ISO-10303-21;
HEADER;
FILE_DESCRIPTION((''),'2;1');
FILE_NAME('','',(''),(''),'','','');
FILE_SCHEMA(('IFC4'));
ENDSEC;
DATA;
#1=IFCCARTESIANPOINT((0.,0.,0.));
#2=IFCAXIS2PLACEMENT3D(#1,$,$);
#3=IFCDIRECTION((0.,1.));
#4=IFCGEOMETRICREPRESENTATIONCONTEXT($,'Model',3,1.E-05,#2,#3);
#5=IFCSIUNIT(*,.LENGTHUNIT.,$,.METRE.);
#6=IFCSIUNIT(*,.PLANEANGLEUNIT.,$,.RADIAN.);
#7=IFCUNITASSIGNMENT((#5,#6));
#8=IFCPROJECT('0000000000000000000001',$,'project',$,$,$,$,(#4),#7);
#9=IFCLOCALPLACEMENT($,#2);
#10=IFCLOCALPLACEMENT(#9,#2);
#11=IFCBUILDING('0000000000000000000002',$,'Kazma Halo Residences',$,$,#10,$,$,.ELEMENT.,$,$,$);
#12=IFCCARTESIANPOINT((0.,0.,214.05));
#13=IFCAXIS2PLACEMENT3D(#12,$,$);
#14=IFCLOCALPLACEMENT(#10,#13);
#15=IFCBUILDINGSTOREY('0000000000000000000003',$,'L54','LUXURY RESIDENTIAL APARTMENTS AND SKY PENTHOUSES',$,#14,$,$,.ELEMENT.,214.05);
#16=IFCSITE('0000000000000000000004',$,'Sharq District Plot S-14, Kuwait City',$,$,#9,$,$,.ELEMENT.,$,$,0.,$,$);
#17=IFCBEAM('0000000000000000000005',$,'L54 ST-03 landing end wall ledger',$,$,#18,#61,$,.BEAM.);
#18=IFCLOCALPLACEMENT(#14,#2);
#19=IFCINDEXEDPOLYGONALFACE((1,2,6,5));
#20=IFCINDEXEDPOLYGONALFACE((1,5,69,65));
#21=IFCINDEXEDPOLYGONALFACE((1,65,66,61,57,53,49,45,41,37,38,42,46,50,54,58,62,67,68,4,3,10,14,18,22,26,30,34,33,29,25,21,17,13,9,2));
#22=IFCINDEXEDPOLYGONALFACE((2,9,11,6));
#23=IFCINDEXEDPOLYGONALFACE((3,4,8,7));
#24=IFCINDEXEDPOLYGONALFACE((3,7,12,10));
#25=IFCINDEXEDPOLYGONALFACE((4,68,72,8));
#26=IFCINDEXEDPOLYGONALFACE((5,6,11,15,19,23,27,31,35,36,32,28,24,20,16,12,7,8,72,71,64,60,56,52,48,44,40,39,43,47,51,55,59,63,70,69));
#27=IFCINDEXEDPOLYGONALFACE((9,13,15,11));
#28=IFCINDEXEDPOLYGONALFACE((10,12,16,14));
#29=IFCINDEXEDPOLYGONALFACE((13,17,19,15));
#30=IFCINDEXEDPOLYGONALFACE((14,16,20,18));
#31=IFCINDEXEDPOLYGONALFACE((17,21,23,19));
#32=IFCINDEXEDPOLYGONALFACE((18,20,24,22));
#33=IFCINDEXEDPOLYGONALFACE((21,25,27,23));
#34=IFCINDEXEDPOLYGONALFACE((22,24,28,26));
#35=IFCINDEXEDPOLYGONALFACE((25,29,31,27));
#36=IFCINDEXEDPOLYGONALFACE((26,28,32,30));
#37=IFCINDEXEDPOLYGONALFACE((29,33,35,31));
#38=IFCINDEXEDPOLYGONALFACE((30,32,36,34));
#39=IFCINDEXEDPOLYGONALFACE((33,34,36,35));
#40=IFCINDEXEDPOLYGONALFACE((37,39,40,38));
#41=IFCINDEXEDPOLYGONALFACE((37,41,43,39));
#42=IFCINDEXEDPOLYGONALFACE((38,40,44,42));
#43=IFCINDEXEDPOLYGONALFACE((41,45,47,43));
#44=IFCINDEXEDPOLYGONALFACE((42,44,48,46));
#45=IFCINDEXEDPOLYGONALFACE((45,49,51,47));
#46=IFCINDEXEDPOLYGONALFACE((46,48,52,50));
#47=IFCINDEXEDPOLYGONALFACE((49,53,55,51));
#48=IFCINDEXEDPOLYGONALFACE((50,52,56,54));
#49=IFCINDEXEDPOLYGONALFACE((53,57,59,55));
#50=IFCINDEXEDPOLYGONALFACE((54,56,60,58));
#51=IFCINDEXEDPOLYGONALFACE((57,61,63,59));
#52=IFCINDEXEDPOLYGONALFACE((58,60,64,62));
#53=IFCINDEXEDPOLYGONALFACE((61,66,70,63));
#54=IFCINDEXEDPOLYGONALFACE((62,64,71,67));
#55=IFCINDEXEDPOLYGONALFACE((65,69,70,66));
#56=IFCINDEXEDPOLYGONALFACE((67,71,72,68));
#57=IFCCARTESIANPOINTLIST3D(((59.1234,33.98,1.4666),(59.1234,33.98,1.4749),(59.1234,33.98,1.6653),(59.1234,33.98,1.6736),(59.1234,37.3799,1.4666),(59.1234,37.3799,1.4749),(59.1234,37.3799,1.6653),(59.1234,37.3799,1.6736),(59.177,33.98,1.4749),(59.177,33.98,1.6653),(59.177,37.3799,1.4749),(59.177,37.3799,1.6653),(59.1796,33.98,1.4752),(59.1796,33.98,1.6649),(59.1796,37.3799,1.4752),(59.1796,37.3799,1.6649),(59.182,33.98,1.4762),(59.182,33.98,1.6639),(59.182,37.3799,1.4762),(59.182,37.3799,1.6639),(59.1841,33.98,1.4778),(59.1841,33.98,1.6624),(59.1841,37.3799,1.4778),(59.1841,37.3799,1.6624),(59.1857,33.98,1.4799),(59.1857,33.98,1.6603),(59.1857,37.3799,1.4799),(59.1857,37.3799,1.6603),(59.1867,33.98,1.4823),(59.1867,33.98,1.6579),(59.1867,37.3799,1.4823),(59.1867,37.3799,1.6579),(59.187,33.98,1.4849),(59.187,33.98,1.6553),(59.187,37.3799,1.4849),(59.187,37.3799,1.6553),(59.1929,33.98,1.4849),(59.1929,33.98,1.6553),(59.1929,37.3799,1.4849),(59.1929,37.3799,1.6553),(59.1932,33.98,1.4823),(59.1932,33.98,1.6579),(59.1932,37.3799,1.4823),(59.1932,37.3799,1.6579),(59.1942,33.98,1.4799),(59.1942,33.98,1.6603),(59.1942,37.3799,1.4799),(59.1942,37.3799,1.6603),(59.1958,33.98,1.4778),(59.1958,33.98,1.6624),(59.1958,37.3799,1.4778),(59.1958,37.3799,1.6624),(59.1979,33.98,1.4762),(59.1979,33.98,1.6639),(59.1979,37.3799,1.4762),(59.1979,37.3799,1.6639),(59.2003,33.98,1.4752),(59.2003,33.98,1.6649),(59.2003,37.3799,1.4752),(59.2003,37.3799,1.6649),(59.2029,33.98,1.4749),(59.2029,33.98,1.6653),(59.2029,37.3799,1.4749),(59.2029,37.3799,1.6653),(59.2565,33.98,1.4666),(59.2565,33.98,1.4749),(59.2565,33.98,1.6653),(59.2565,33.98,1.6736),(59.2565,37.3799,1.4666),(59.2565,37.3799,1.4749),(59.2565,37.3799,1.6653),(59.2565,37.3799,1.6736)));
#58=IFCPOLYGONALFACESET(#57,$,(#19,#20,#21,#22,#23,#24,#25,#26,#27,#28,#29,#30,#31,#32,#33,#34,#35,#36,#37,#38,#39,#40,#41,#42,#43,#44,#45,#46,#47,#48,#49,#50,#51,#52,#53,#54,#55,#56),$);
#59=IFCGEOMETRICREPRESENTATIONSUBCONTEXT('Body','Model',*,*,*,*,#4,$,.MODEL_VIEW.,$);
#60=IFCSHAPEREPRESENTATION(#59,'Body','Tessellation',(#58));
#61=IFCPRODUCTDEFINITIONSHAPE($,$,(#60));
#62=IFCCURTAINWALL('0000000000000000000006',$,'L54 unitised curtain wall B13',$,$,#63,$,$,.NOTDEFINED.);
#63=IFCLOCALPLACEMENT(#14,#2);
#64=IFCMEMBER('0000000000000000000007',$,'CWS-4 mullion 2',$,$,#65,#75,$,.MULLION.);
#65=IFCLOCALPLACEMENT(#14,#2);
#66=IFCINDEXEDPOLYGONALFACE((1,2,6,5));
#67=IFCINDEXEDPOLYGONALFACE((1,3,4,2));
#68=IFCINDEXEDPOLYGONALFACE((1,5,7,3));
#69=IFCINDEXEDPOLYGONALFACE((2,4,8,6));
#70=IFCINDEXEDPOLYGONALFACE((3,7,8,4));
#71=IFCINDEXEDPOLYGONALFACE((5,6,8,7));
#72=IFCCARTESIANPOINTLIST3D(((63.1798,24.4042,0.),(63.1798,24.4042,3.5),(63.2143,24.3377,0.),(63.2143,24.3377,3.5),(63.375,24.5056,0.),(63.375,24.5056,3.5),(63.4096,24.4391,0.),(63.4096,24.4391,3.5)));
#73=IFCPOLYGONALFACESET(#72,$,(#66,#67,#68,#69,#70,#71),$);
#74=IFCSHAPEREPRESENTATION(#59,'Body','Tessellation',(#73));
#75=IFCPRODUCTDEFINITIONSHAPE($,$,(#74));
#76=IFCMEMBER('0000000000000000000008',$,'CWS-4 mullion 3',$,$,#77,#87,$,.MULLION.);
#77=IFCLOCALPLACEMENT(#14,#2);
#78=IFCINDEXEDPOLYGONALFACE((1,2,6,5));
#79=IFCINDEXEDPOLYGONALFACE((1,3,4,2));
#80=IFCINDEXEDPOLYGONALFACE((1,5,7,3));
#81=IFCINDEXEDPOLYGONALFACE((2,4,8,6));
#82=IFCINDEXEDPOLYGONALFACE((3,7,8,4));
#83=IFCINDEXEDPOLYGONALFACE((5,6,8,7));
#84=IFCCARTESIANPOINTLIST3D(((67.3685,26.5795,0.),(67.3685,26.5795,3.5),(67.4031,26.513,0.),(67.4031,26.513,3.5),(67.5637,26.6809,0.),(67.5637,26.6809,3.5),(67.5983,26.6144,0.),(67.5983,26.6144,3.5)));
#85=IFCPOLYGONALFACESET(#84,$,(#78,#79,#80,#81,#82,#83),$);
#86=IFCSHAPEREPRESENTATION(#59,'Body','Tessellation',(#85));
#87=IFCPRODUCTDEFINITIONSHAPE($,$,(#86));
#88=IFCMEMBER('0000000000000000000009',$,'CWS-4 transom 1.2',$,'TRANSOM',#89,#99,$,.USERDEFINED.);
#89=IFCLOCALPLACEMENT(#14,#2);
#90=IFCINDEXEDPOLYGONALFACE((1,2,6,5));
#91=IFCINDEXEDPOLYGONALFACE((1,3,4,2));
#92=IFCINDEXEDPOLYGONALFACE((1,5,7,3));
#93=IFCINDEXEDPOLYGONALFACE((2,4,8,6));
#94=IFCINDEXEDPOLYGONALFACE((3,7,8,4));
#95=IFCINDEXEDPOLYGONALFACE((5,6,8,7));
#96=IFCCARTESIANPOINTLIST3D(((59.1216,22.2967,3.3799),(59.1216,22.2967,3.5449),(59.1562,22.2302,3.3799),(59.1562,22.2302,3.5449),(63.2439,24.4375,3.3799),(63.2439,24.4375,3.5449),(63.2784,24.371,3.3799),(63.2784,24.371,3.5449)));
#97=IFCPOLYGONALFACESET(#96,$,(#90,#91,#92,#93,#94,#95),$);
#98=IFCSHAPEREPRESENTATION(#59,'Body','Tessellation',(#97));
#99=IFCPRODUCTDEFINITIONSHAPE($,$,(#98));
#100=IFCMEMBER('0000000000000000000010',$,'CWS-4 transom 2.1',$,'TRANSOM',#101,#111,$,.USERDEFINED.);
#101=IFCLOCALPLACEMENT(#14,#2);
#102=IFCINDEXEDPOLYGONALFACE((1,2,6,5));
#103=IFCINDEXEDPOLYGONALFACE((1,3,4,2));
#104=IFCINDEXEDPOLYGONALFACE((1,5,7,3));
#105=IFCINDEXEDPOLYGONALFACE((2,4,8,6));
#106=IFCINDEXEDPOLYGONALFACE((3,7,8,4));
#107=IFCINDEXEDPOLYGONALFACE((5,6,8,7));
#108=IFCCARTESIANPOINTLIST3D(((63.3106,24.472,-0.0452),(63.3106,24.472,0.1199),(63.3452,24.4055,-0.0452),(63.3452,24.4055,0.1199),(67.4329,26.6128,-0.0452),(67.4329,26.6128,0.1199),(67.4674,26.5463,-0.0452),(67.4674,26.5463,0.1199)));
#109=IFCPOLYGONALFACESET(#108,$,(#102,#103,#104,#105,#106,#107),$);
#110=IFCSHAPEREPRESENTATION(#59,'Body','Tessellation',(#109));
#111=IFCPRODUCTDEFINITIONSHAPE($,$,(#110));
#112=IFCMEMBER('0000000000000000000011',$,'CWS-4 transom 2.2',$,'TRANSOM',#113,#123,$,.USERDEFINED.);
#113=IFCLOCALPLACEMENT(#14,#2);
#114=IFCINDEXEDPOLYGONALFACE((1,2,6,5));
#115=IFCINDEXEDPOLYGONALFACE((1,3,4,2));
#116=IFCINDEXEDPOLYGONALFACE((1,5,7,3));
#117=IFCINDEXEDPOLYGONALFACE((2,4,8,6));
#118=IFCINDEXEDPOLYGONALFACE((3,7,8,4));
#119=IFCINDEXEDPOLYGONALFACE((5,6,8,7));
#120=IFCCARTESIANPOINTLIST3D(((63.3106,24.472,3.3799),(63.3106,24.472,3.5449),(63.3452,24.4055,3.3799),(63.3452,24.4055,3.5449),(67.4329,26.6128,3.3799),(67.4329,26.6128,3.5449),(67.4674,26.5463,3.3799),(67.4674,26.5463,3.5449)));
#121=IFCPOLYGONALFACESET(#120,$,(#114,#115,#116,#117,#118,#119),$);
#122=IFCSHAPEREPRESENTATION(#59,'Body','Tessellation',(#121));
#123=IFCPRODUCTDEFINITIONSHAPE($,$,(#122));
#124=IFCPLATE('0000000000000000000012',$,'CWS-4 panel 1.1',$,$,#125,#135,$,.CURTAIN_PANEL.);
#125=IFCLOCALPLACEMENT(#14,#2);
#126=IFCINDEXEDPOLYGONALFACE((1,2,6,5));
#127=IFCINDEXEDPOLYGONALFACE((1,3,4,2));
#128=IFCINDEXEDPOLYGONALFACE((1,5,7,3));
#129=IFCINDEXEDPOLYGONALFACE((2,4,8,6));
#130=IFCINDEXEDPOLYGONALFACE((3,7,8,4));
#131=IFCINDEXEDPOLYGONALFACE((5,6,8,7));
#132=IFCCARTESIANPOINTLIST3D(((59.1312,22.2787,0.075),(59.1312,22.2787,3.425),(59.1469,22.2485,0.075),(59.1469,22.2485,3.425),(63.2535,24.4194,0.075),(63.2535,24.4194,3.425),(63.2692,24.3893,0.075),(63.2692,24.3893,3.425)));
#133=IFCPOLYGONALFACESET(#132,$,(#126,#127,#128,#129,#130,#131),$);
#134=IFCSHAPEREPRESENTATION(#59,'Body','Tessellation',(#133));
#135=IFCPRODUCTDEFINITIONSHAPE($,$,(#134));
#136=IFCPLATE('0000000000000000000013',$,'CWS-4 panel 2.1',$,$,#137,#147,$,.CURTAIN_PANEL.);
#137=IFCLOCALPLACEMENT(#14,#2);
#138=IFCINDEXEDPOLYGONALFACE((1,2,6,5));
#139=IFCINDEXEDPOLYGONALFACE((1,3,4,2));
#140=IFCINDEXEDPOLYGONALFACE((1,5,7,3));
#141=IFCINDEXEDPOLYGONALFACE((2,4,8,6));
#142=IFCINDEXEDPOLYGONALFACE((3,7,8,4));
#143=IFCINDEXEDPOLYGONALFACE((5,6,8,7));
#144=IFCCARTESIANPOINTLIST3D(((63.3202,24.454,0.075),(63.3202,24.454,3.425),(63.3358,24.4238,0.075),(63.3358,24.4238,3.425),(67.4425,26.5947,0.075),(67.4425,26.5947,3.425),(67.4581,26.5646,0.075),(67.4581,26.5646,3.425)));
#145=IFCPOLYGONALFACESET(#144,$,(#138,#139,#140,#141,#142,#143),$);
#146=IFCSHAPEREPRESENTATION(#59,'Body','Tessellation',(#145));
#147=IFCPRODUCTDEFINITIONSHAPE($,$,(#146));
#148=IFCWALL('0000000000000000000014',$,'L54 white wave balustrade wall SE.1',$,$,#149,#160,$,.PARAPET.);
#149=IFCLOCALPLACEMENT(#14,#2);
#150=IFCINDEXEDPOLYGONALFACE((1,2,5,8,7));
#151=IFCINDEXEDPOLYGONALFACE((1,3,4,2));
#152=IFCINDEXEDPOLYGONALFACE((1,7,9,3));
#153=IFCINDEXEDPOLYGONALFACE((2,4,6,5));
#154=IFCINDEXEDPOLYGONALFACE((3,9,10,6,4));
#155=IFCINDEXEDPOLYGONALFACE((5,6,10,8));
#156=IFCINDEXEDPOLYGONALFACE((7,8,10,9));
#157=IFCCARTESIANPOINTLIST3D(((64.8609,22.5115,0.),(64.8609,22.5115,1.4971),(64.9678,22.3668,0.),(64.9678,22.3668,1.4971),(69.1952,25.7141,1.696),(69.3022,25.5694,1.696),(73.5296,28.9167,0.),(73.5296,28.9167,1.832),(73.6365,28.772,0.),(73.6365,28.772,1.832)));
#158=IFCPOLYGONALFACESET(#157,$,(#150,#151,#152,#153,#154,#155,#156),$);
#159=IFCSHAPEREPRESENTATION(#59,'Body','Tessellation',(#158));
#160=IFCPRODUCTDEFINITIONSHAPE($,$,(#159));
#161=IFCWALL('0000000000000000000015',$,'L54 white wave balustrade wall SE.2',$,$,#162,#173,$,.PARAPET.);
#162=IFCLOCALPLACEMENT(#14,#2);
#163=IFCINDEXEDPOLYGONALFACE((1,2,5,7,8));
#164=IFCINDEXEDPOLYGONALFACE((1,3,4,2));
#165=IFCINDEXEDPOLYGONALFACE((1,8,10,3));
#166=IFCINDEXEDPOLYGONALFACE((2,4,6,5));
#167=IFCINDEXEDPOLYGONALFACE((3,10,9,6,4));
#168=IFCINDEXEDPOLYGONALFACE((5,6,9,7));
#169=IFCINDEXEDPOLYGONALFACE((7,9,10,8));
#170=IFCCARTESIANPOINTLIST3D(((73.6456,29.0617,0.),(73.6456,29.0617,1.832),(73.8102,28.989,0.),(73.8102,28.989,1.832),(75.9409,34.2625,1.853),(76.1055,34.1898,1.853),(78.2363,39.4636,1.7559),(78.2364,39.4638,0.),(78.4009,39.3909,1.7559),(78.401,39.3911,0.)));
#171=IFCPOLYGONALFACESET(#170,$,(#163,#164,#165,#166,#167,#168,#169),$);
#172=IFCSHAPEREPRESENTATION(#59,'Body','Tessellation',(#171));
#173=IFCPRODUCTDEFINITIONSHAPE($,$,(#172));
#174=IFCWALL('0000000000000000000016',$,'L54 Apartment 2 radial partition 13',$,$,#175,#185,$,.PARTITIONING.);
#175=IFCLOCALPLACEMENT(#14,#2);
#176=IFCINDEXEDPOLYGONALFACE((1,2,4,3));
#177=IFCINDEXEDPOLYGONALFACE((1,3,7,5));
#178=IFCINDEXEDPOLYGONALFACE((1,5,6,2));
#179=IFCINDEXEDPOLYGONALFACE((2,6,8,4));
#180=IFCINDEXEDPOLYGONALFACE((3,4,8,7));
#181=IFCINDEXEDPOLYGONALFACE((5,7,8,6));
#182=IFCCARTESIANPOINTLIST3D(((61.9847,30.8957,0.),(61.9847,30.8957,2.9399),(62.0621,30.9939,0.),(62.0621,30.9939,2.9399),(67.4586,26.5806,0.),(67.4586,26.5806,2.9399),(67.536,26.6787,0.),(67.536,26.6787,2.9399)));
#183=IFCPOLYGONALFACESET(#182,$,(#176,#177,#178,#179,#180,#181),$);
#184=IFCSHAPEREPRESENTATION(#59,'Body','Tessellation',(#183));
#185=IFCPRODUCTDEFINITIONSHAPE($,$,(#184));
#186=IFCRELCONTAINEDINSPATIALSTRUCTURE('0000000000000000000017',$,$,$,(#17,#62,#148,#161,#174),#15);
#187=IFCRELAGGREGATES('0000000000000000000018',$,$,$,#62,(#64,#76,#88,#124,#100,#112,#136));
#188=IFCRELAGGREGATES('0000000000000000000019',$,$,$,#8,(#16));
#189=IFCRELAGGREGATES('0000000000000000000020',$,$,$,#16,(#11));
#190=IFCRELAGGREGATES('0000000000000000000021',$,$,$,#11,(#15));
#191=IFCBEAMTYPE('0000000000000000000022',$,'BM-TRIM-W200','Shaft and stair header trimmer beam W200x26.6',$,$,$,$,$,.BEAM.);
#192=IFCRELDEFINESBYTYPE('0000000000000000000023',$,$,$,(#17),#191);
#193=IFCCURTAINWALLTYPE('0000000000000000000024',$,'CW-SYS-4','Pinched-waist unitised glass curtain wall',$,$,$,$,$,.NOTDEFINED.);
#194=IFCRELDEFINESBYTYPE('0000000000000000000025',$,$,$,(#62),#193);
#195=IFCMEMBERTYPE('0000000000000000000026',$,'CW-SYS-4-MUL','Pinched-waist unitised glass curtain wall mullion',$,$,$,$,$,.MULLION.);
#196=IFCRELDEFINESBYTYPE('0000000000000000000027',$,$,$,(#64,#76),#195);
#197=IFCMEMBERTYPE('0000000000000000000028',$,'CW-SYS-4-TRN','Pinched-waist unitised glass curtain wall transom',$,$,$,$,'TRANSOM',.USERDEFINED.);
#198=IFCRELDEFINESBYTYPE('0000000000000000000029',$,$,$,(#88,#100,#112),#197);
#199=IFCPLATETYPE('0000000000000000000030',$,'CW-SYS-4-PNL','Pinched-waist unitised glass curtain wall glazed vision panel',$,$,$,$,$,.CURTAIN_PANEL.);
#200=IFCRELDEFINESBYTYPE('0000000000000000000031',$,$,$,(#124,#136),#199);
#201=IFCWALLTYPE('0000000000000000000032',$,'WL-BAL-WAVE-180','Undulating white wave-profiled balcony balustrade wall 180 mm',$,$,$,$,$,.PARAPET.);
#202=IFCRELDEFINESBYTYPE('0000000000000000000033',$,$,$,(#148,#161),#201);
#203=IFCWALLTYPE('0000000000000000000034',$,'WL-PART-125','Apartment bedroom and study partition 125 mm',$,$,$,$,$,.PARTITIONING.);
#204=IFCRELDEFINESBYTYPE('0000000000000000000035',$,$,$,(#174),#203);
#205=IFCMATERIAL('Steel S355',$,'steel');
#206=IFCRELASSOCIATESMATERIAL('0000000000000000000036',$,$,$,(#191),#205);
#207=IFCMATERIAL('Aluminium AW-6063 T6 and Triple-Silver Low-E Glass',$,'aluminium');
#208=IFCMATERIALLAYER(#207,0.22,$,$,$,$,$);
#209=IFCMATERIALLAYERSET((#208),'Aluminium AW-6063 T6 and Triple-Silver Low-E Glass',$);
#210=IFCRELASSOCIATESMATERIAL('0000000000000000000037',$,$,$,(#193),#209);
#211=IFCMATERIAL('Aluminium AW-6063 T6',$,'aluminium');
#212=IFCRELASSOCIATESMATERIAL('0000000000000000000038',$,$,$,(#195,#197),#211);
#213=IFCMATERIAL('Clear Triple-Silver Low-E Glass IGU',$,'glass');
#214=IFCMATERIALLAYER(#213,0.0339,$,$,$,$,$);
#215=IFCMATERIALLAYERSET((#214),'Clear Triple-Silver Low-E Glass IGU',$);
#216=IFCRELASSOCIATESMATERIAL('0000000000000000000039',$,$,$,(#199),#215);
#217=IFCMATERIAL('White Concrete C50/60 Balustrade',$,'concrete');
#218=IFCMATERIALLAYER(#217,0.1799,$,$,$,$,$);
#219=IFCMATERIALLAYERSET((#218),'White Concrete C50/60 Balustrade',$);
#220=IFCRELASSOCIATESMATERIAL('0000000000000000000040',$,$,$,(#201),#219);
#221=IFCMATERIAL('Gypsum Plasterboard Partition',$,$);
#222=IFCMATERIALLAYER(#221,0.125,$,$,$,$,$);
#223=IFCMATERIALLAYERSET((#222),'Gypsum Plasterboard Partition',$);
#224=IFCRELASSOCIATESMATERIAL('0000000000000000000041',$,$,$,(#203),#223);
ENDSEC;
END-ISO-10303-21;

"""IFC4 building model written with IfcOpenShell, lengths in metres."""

from ifc_helpers import new_model, si_unit, direction, frame, frame_2d, origin, origin_2d, place, context, subcontext, project, spatial, polyline, rectangle, i_section, outline, extrude, material, layer, layer_set, material_profile, profile_set, type_object, element, aggregate, save


model = new_model("IFC4")

# Units and contexts
model_context = context("Model", 3, precision=1e-05, world=origin(), true_north=direction((0.0, 1.0)))
body_context = subcontext(model_context, "Body", "Model", "MODEL_VIEW")
ifc_project = project(units=[si_unit("LENGTHUNIT", "METRE"), si_unit("PLANEANGLEUNIT", "RADIAN")], contexts=[model_context])

# Site, building, storey
site_placement = place(None, origin())
site = spatial("IfcSite", under=ifc_project, at=site_placement, Name="Sharq District Plot S-14, Kuwait City", CompositionType="ELEMENT", RefElevation=0.0)
building_placement = place(site_placement, origin())
building = spatial("IfcBuilding", under=site, at=building_placement, Name="Kazma Halo Residences", CompositionType="ELEMENT")
storey_placement = place(building_placement, frame((0.0, 0.0, 214.05)))
storey = spatial("IfcBuildingStorey", under=building, at=storey_placement, Name="L54", Description="LUXURY RESIDENTIAL APARTMENTS AND SKY PENTHOUSES", CompositionType="ELEMENT", Elevation=214.05)

# Beam
ifc_material_1 = material(Name="Steel S355", Category="steel")
ifc_material_profile_1 = material_profile(ifc_material_1, i_section(OverallWidth=0.1331, OverallDepth=0.207, WebThickness=0.0059, FlangeThickness=0.0083, FilletRadius=0.01, at=origin_2d()), Name="W200x26.6")
ifc_profile_set_1 = profile_set([ifc_material_profile_1], Name="Steel S355")
beam_type_1 = type_object("IfcBeamType", Name="BM-TRIM-W200", Description="Shaft and stair header trimmer beam W200x26.6", PredefinedType="BEAM", material=ifc_profile_set_1)
beam_1_placement = place(storey_placement, frame((59.1899, 33.98, 1.5701), z_axis=(0.0, 1.0, 0.0), x_axis=(-1.0, 0.0, 0.0)))
element("IfcBeam", 1, at=beam_1_placement, inside=storey, type_object=beam_type_1, Name="L54 ST-03 landing end wall ledger", PredefinedType="BEAM", context=body_context, shape_type="SweptSolid", body=[
    extrude(i_section(OverallWidth=0.1331, OverallDepth=0.207, WebThickness=0.0059, FlangeThickness=0.0083, FilletRadius=0.01, at=origin_2d()), origin(), (0.0, 0.0, 1.0), 3.3999),
])

# Curtain wall, members, plates
ifc_material_2 = material(Name="Aluminium AW-6063 T6 and Triple-Silver Low-E Glass", Category="aluminium")
ifc_layer_1 = layer(ifc_material_2, 0.22)
ifc_layer_set_1 = layer_set([ifc_layer_1], Name="Aluminium AW-6063 T6 and Triple-Silver Low-E Glass")
curtain_wall_type = type_object("IfcCurtainWallType", Name="CW-SYS-4", Description="Pinched-waist unitised glass curtain wall", PredefinedType="NOTDEFINED", material=ifc_layer_set_1)
curtain_wall_placement = place(storey_placement, origin())
curtain_wall = element("IfcCurtainWall", 2, at=curtain_wall_placement, inside=storey, type_object=curtain_wall_type, Name="L54 unitised curtain wall B13", PredefinedType="NOTDEFINED")
ifc_material_3 = material(Name="Aluminium AW-6063 T6", Category="aluminium")
ifc_material_profile_2 = material_profile(ifc_material_3, rectangle(XDim=0.075, YDim=0.22, at=origin_2d()), Name="CWM-75x220")
ifc_profile_set_2 = profile_set([ifc_material_profile_2], Name="Aluminium AW-6063 T6")
member_type_1 = type_object("IfcMemberType", Name="CW-SYS-4-MUL", Description="Pinched-waist unitised glass curtain wall mullion", PredefinedType="MULLION", material=ifc_profile_set_2)
member_1_placement = place(storey_placement, frame((63.2947, 24.4216, 0.0), z_axis=(0.0, 0.0, 1.0), x_axis=(-0.460874, 0.887466, 0.0)))
member_1 = element("IfcMember", 3, at=member_1_placement, type_object=member_type_1, Name="CWS-4 mullion 2", PredefinedType="MULLION", context=body_context, shape_type="SweptSolid", body=[
    extrude(rectangle(XDim=0.075, YDim=0.22, at=origin_2d()), origin(), (0.0, 0.0, 1.0), 3.5),
])
member_2_placement = place(storey_placement, frame((67.4834, 26.5969, 0.0), z_axis=(0.0, 0.0, 1.0), x_axis=(-0.460874, 0.887466, 0.0)))
member_2 = element("IfcMember", 4, at=member_2_placement, type_object=member_type_1, Name="CWS-4 mullion 3", PredefinedType="MULLION", context=body_context, shape_type="SweptSolid", body=[
    extrude(rectangle(XDim=0.075, YDim=0.22, at=origin_2d()), origin(), (0.0, 0.0, 1.0), 3.5),
])
ifc_material_profile_3 = material_profile(ifc_material_3, rectangle(XDim=0.075, YDim=0.165, at=origin_2d()), Name="CWT-75x165")
ifc_profile_set_3 = profile_set([ifc_material_profile_3], Name="Aluminium AW-6063 T6")
member_type_2 = type_object("IfcMemberType", Name="CW-SYS-4-TRN", Description="Pinched-waist unitised glass curtain wall transom", ElementType="TRANSOM", PredefinedType="USERDEFINED", material=ifc_profile_set_3)
member_3_placement = place(storey_placement, frame((59.1389, 22.2634, 3.4624), z_axis=(0.887458, 0.460889, 0.0), x_axis=(-0.460889, 0.887458, 0.0)))
member_3 = element("IfcMember", 5, at=member_3_placement, type_object=member_type_2, Name="CWS-4 transom 1.2", ObjectType="TRANSOM", PredefinedType="USERDEFINED", context=body_context, shape_type="SweptSolid", body=[
    extrude(rectangle(XDim=0.075, YDim=0.165, at=origin_2d()), origin(), (0.0, 0.0, 1.0), 4.645),
])
member_4_placement = place(storey_placement, frame((63.3279, 24.4387, 0.0374), z_axis=(0.887458, 0.460889, 0.0), x_axis=(-0.460889, 0.887458, 0.0)))
member_4 = element("IfcMember", 6, at=member_4_placement, type_object=member_type_2, Name="CWS-4 transom 2.1", ObjectType="TRANSOM", PredefinedType="USERDEFINED", context=body_context, shape_type="SweptSolid", body=[
    extrude(rectangle(XDim=0.075, YDim=0.165, at=origin_2d()), origin(), (0.0, 0.0, 1.0), 4.645),
])
member_5_placement = place(storey_placement, frame((63.3279, 24.4387, 3.4624), z_axis=(0.887458, 0.460889, 0.0), x_axis=(-0.460889, 0.887458, 0.0)))
member_5 = element("IfcMember", 7, at=member_5_placement, type_object=member_type_2, Name="CWS-4 transom 2.2", ObjectType="TRANSOM", PredefinedType="USERDEFINED", context=body_context, shape_type="SweptSolid", body=[
    extrude(rectangle(XDim=0.075, YDim=0.165, at=origin_2d()), origin(), (0.0, 0.0, 1.0), 4.645),
])
ifc_material_4 = material(Name="Clear Triple-Silver Low-E Glass IGU", Category="glass")
ifc_layer_2 = layer(ifc_material_4, 0.0339)
ifc_layer_set_2 = layer_set([ifc_layer_2], Name="Clear Triple-Silver Low-E Glass IGU")
plate_type = type_object("IfcPlateType", Name="CW-SYS-4-PNL", Description="Pinched-waist unitised glass curtain wall glazed vision panel", PredefinedType="CURTAIN_PANEL", material=ifc_layer_set_2)
plate_1_placement = place(storey_placement, frame((61.2002, 23.334, 0.075), z_axis=(0.0, 0.0, 1.0), x_axis=(0.887466, 0.460874, 0.0)))
plate_1 = element("IfcPlate", 8, at=plate_1_placement, type_object=plate_type, Name="CWS-4 panel 1.1", PredefinedType="CURTAIN_PANEL", context=body_context, shape_type="SweptSolid", body=[
    extrude(rectangle(XDim=4.645, YDim=0.0339, at=origin_2d()), origin(), (0.0, 0.0, 1.0), 3.3501),
])
plate_2_placement = place(storey_placement, frame((65.3892, 25.5093, 0.075), z_axis=(0.0, 0.0, 1.0), x_axis=(0.887466, 0.460874, 0.0)))
plate_2 = element("IfcPlate", 9, at=plate_2_placement, type_object=plate_type, Name="CWS-4 panel 2.1", PredefinedType="CURTAIN_PANEL", context=body_context, shape_type="SweptSolid", body=[
    extrude(rectangle(XDim=4.645, YDim=0.0339, at=origin_2d()), origin(), (0.0, 0.0, 1.0), 3.3501),
])
aggregate(curtain_wall, [member_1, member_2, member_3, plate_1, member_4, member_5, plate_2])

# Walls
ifc_material_5 = material(Name="White Concrete C50/60 Balustrade", Category="concrete")
ifc_layer_3 = layer(ifc_material_5, 0.1799)
ifc_layer_set_3 = layer_set([ifc_layer_3], Name="White Concrete C50/60 Balustrade")
wall_type_1 = type_object("IfcWallType", Name="WL-BAL-WAVE-180", Description="Undulating white wave-profiled balcony balustrade wall 180 mm", PredefinedType="PARAPET", material=ifc_layer_set_3)
wall_1_placement = place(storey_placement, frame((64.9143, 22.4392, 0.0), z_axis=(0.0, 0.0, 1.0), x_axis=(0.804266, 0.594269, 0.0)))
element("IfcWall", 10, at=wall_1_placement, inside=storey, type_object=wall_type_1, Name="L54 white wave balustrade wall SE.1", PredefinedType="PARAPET", context=body_context, shape_type="SweptSolid", body=[
    extrude(outline(polyline([(0.0, 0.0), (10.7783, 0.0), (10.7783, 1.832), (5.3892, 1.696), (0.0, 1.4971), (0.0, 0.0)])), frame((0.0, 0.0898, 0.0), z_axis=(0.0, -1.0, 0.0), x_axis=(1.0, 0.0, 0.0)), (0.0, 0.0, 1.0), 0.1799),
])
wall_2_placement = place(storey_placement, frame((73.7278, 29.0254, 0.0), z_axis=(0.0, 0.0, 1.0), x_axis=(0.403762, 0.914864, 0.0)))
element("IfcWall", 11, at=wall_2_placement, inside=storey, type_object=wall_type_1, Name="L54 white wave balustrade wall SE.2", PredefinedType="PARAPET", context=body_context, shape_type="SweptSolid", body=[
    extrude(outline(polyline([(0.0, 0.0), (11.3701, 0.0), (11.3699, 1.7559), (5.6848, 1.853), (0.0, 1.832), (0.0, 0.0)])), frame((0.0, 0.0898, 0.0), z_axis=(0.0, -1.0, 0.0), x_axis=(1.0, 0.0, 0.0)), (0.0, 0.0, 1.0), 0.1799),
])

# Wall
ifc_material_6 = material(Name="Gypsum Plasterboard Partition")
ifc_layer_4 = layer(ifc_material_6, 0.125)
ifc_layer_set_4 = layer_set([ifc_layer_4], Name="Gypsum Plasterboard Partition")
wall_type_2 = type_object("IfcWallType", Name="WL-PART-125", Description="Apartment bedroom and study partition 125 mm", PredefinedType="PARTITIONING", material=ifc_layer_set_4)
wall_3_placement = place(storey_placement, frame((62.0234, 30.9448, 0.0), z_axis=(0.0, 0.0, 1.0), x_axis=(0.785322, -0.619088, 0.0)))
element("IfcWall", 12, at=wall_3_placement, inside=storey, type_object=wall_type_2, Name="L54 Apartment 2 radial partition 13", PredefinedType="PARTITIONING", context=body_context, shape_type="SweptSolid", body=[
    extrude(rectangle(XDim=6.9702, YDim=0.125, at=frame_2d((3.4851, 0.0))), origin(), (0.0, 0.0, 1.0), 2.9399),
])

save(model, "model.ifc")
